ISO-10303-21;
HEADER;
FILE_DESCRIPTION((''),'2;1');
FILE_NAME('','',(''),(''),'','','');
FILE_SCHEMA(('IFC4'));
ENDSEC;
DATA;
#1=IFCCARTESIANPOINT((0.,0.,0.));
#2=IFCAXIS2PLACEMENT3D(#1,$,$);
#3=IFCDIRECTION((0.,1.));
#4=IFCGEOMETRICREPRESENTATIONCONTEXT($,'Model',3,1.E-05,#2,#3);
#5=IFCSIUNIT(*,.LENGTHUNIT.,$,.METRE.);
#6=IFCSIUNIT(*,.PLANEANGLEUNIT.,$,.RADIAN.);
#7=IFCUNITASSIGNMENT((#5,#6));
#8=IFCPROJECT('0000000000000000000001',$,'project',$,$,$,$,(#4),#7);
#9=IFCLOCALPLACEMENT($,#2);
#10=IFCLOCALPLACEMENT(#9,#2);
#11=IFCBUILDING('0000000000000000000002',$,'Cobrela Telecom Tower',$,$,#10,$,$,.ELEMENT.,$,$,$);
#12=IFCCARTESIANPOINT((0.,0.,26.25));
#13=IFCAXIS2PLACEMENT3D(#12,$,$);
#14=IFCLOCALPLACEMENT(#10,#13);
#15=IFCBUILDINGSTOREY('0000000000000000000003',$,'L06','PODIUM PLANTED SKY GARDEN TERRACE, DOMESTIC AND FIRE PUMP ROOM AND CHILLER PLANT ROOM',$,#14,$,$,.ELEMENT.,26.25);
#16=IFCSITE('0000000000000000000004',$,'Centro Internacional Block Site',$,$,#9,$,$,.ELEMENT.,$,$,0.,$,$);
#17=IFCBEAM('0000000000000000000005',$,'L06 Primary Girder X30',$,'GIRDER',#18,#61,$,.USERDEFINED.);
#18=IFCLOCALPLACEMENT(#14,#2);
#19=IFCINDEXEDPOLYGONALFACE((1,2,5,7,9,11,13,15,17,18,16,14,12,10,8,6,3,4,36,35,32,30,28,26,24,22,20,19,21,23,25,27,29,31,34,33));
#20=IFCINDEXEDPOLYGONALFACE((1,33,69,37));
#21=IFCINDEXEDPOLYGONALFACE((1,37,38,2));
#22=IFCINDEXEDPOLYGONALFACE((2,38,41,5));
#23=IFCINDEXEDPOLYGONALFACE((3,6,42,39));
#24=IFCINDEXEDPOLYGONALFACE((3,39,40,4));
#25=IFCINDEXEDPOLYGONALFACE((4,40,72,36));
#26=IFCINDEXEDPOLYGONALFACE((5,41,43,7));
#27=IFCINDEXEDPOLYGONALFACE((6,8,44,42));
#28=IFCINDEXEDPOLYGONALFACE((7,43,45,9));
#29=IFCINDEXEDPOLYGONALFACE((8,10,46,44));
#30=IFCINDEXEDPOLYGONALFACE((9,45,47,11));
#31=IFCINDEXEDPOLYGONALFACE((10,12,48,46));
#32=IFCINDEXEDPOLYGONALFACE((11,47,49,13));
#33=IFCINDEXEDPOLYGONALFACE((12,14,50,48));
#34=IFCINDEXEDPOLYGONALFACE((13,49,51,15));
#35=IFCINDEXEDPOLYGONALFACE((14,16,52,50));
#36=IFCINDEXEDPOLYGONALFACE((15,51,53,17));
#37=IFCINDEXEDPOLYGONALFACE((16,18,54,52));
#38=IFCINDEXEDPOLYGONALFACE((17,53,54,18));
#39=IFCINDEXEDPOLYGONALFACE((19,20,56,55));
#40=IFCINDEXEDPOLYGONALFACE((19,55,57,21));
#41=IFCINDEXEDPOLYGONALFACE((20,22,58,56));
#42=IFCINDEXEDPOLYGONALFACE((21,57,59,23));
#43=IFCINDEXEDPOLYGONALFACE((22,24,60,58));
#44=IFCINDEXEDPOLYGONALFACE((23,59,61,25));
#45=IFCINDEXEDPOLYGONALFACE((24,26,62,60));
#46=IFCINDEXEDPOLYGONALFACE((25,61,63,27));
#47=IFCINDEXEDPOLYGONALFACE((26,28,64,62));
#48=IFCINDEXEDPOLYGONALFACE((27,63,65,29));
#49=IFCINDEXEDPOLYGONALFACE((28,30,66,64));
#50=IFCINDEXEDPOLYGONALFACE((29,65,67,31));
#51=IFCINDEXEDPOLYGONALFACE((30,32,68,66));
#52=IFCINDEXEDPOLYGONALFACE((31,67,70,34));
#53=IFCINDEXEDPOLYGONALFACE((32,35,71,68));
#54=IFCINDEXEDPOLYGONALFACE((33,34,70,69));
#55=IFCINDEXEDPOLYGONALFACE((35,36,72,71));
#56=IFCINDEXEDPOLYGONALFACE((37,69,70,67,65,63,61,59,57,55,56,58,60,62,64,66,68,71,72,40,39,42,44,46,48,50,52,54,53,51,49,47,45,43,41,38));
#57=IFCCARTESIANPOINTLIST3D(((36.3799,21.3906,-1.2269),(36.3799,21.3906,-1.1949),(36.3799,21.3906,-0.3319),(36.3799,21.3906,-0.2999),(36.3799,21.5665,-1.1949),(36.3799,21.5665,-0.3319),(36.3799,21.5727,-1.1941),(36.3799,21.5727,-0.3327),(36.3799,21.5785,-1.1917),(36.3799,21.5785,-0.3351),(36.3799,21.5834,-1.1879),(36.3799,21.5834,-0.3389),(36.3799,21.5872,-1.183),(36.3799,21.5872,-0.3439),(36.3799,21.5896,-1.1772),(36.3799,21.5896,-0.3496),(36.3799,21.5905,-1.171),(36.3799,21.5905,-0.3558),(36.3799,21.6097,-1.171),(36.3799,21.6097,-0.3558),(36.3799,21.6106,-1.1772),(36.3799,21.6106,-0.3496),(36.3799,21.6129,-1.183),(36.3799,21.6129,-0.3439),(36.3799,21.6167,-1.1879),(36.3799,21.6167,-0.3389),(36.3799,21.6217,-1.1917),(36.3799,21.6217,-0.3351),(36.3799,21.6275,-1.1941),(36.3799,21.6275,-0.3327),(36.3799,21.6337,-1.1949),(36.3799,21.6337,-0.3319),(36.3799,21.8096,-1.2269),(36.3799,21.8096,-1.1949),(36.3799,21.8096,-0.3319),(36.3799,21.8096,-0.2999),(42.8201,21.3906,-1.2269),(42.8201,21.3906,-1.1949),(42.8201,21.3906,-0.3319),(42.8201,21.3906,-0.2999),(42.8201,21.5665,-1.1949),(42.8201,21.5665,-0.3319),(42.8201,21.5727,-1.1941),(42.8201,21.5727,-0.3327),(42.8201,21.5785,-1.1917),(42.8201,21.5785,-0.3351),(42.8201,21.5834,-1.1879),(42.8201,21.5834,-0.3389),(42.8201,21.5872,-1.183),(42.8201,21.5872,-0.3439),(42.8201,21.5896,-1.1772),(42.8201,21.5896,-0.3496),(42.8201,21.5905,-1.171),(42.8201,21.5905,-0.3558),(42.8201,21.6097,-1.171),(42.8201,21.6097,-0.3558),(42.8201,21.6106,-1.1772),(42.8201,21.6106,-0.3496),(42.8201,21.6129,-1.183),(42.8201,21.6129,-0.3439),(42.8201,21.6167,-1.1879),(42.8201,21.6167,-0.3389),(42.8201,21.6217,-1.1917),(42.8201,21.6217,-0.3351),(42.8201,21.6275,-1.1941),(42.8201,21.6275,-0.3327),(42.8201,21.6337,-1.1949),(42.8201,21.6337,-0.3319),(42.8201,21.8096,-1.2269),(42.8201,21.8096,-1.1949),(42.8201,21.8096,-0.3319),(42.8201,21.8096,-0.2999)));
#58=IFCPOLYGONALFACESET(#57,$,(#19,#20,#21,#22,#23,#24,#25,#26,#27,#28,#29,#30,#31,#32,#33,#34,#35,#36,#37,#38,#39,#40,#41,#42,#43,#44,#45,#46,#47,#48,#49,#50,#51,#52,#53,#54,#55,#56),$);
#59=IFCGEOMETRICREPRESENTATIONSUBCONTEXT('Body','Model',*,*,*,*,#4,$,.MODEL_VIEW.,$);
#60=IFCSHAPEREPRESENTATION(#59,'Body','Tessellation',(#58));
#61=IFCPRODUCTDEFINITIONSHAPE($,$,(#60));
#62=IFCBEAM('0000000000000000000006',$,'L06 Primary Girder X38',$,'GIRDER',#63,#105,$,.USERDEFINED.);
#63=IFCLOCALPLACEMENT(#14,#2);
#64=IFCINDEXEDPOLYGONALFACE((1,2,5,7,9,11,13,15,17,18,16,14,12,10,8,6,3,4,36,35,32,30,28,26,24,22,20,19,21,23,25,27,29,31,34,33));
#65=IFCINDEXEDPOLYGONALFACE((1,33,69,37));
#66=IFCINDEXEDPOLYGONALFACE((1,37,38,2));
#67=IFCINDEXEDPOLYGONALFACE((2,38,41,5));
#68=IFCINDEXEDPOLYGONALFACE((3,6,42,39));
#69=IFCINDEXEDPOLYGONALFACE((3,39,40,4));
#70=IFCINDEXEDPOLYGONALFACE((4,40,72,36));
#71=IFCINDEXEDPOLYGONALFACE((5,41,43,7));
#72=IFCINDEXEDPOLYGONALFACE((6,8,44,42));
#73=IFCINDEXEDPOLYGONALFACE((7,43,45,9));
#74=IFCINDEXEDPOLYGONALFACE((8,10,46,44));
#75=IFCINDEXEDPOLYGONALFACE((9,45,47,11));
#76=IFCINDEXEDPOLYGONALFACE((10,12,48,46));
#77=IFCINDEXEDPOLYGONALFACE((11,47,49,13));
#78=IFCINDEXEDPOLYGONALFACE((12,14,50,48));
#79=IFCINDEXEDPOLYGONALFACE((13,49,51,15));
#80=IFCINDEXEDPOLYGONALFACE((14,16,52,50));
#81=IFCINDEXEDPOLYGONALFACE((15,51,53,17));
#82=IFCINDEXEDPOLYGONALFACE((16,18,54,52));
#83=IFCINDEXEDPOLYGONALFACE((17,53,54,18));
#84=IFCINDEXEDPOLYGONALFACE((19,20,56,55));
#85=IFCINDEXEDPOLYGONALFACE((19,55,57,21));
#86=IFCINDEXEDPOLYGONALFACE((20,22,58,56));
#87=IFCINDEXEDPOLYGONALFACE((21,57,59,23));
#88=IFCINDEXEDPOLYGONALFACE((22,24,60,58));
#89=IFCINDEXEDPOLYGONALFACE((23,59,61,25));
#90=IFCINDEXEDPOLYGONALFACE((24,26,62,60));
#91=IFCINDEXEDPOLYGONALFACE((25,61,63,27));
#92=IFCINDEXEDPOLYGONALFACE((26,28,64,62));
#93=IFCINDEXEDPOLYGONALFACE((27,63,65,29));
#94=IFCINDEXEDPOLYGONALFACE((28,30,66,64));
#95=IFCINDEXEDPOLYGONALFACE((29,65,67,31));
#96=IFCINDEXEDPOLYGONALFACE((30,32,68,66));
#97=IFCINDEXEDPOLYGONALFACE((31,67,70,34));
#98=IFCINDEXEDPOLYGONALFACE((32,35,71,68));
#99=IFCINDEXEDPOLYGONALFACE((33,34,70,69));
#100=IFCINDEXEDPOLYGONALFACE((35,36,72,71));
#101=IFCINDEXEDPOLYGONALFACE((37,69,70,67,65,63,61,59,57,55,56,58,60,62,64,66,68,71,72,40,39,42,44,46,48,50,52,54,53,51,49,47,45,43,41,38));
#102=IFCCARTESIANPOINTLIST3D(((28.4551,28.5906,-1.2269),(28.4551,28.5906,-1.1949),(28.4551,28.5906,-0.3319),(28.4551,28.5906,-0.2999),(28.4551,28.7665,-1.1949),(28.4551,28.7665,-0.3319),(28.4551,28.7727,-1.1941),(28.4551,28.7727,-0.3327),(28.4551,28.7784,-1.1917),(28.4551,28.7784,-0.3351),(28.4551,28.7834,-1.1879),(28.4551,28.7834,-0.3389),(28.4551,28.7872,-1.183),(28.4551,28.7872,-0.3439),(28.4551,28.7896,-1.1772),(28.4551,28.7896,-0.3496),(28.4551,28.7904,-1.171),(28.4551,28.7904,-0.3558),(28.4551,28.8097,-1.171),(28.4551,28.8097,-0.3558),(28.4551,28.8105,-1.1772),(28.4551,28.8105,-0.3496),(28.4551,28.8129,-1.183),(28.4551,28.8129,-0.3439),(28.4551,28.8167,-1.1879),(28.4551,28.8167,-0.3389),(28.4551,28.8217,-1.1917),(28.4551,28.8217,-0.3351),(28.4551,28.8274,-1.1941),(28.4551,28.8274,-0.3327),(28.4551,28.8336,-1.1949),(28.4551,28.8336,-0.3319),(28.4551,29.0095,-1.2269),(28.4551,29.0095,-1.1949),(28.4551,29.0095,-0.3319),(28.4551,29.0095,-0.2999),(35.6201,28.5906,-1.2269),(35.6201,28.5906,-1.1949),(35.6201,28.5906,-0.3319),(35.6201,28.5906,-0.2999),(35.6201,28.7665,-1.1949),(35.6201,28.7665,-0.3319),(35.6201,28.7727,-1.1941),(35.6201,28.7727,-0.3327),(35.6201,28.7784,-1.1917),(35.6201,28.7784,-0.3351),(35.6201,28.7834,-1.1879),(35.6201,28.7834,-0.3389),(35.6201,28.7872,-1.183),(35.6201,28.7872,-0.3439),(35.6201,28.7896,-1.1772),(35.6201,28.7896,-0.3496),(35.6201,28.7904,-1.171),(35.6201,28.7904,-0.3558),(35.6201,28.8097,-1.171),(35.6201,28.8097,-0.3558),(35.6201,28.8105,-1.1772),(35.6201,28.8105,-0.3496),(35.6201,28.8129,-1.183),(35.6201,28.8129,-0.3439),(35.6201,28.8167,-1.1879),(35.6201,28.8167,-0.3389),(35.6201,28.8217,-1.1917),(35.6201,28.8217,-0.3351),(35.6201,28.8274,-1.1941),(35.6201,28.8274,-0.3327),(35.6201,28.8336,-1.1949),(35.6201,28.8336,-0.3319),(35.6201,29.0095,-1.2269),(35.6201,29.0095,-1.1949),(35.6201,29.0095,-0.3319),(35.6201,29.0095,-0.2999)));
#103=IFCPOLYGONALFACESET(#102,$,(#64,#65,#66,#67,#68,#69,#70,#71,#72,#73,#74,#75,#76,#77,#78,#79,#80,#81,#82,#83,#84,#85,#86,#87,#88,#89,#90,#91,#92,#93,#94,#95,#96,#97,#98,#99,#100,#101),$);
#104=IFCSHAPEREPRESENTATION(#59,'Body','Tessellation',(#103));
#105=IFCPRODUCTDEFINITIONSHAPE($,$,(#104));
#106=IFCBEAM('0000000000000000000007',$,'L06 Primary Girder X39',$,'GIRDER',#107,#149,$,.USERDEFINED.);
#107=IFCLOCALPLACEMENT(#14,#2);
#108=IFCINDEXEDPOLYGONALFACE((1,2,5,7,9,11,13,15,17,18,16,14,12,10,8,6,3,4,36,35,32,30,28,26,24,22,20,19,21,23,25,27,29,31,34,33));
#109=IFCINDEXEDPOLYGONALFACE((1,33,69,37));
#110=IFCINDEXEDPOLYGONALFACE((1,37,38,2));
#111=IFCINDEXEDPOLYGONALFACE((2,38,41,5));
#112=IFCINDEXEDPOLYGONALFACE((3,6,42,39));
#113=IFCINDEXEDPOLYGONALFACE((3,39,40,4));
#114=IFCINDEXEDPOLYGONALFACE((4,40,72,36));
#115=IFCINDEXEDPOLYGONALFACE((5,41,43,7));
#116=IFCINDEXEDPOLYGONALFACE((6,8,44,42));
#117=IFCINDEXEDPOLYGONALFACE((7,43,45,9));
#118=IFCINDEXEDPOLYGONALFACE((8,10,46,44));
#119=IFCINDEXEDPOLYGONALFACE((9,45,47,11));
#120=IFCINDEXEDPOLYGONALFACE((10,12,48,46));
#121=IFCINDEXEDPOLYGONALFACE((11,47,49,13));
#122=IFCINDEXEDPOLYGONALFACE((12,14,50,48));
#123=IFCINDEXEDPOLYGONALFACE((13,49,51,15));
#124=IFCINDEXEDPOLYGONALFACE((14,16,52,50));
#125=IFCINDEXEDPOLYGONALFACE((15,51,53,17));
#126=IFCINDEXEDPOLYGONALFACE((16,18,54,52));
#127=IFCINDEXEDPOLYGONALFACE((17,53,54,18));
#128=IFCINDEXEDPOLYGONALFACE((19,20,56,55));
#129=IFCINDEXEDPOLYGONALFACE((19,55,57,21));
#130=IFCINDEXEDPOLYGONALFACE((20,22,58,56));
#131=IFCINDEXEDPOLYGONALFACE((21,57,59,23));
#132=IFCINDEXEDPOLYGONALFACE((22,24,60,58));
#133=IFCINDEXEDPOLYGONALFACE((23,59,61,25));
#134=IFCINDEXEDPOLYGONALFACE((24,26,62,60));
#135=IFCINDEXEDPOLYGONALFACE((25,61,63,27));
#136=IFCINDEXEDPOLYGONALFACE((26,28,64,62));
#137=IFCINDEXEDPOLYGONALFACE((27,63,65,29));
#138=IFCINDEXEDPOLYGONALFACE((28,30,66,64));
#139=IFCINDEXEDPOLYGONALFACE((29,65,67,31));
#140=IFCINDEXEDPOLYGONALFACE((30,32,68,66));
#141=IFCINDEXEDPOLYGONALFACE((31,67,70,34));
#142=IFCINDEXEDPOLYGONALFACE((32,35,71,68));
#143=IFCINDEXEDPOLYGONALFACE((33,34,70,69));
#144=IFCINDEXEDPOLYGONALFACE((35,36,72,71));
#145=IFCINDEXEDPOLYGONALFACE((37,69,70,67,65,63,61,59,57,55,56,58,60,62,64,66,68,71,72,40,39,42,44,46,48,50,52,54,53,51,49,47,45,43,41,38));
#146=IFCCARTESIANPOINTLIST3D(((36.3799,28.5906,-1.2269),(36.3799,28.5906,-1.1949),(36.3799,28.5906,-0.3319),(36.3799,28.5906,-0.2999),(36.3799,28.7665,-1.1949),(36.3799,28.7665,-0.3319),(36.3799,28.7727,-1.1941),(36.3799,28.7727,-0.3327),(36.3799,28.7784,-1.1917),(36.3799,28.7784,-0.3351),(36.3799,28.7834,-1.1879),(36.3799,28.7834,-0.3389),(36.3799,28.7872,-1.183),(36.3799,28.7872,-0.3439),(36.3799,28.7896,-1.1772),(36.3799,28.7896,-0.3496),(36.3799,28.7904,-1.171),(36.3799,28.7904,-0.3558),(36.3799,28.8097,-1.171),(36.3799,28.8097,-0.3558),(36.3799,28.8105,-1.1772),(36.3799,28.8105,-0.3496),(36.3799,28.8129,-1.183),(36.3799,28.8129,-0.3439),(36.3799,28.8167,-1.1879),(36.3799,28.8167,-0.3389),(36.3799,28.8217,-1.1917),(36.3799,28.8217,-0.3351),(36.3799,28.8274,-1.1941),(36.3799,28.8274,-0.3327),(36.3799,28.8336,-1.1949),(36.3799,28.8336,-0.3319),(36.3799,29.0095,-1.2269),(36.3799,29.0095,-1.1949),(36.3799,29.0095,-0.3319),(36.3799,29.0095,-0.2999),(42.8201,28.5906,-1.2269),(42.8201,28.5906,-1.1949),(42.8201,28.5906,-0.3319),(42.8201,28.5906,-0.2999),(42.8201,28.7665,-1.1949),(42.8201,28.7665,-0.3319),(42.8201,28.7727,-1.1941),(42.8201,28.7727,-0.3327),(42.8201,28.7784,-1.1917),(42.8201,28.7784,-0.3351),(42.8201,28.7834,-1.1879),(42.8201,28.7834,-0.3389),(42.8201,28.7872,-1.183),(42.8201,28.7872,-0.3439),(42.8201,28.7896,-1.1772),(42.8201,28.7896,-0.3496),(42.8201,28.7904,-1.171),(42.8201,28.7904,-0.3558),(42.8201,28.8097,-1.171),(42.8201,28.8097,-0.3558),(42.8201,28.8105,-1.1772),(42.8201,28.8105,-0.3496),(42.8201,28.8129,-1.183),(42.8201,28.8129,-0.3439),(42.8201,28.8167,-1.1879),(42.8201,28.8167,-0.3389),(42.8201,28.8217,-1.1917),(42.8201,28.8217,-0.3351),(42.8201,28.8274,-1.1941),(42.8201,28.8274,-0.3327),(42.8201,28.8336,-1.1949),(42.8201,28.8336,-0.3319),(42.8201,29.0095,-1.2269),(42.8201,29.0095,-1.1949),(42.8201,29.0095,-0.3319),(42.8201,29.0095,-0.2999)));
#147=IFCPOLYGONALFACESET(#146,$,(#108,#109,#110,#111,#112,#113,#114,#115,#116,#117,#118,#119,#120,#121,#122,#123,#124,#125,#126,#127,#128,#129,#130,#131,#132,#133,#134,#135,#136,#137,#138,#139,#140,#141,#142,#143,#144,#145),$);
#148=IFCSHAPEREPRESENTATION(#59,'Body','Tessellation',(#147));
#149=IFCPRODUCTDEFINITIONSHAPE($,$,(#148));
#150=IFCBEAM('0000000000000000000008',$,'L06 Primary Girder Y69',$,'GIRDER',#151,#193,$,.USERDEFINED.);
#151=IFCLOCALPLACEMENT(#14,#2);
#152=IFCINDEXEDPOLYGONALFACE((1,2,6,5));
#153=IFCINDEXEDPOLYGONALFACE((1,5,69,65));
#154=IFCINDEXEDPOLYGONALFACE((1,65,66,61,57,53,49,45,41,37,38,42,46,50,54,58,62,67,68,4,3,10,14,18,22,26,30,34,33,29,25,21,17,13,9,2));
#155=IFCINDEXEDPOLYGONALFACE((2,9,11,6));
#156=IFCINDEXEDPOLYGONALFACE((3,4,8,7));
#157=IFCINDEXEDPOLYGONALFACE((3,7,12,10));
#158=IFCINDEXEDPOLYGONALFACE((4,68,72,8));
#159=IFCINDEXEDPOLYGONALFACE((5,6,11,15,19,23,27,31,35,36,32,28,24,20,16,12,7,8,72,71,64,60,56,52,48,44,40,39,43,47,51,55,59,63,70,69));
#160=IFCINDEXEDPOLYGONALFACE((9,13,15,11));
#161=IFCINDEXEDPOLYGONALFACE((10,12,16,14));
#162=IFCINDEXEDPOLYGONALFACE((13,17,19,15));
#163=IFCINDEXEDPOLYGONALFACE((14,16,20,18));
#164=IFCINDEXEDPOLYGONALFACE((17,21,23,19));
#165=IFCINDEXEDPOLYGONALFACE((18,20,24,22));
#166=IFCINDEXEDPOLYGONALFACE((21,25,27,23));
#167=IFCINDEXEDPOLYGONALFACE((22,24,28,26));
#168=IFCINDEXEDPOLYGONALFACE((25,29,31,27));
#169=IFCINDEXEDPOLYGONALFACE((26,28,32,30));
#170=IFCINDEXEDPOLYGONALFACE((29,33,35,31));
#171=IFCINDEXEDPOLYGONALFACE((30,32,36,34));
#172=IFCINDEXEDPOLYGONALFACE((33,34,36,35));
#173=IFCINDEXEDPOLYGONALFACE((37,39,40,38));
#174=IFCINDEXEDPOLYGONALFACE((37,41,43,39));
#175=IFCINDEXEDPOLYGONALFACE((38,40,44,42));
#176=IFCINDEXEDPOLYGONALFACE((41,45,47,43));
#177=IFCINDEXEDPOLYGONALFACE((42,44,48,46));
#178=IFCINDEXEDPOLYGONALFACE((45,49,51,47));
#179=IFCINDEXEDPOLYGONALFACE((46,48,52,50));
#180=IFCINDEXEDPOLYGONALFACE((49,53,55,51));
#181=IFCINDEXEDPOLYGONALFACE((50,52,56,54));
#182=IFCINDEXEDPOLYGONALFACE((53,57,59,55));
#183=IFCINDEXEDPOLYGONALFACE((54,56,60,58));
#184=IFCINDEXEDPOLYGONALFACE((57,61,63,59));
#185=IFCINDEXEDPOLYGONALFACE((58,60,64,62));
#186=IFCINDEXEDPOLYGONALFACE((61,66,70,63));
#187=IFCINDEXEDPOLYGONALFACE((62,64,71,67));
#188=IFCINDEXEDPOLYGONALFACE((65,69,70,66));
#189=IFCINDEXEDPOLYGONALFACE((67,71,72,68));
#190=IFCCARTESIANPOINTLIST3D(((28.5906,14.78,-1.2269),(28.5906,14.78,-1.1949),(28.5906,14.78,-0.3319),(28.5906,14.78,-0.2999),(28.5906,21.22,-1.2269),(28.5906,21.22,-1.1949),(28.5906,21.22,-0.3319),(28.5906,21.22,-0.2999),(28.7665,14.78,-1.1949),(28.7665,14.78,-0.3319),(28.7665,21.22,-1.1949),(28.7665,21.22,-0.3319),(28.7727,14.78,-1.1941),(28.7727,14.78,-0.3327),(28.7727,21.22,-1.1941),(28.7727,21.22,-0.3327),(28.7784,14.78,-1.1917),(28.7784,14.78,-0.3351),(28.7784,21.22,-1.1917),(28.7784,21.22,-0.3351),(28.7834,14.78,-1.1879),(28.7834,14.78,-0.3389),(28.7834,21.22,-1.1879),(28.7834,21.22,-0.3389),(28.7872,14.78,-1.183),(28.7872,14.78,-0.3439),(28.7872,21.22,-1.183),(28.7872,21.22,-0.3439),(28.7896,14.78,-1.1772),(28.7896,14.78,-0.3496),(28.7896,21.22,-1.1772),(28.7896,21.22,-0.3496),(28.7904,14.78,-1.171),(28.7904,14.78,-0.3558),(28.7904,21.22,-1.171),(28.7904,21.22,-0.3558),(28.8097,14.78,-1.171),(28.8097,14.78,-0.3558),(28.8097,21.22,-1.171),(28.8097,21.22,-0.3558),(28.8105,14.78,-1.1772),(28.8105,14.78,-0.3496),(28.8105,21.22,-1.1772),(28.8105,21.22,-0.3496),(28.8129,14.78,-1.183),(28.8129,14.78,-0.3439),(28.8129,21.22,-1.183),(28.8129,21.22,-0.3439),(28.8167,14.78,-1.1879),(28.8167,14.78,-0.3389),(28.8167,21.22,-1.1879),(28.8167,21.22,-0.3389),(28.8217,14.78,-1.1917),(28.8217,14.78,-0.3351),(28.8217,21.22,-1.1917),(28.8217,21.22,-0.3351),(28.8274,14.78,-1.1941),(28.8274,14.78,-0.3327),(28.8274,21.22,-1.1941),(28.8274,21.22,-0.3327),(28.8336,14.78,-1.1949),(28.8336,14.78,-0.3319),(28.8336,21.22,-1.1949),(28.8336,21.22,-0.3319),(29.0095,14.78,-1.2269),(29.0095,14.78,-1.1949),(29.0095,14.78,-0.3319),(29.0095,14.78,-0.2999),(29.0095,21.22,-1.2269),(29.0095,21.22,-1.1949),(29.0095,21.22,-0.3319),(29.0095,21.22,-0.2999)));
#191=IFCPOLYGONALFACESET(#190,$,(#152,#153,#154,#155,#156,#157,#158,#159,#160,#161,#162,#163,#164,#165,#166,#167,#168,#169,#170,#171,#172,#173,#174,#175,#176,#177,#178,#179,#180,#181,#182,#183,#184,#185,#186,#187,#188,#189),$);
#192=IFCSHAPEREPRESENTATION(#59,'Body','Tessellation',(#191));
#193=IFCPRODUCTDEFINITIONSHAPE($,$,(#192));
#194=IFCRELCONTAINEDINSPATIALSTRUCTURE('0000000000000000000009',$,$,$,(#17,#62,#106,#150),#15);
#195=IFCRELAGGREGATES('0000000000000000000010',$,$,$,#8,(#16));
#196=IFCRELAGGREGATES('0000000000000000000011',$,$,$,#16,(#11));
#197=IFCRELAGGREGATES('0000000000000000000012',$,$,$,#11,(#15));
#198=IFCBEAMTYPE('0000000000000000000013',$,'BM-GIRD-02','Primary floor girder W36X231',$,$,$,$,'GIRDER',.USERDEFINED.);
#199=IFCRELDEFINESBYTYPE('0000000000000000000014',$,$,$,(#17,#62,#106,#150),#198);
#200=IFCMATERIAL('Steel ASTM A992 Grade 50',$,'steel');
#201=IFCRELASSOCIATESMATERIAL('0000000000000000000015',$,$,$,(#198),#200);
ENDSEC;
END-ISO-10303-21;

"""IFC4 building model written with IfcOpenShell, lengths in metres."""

from ifc_helpers import new_model, si_unit, direction, frame, origin, origin_2d, place, context, subcontext, project, spatial, i_section, extrude, material, material_profile, profile_set, type_object, element, save


model = new_model("IFC4")

# Units and contexts
model_context = context("Model", 3, precision=1e-05, world=origin(), true_north=direction((0.0, 1.0)))
body_context = subcontext(model_context, "Body", "Model", "MODEL_VIEW")
ifc_project = project(units=[si_unit("LENGTHUNIT", "METRE"), si_unit("PLANEANGLEUNIT", "RADIAN")], contexts=[model_context])

# Site, building, storey
site_placement = place(None, origin())
site = spatial("IfcSite", under=ifc_project, at=site_placement, Name="Centro Internacional Block Site", CompositionType="ELEMENT", RefElevation=0.0)
building_placement = place(site_placement, origin())
building = spatial("IfcBuilding", under=site, at=building_placement, Name="Cobrela Telecom Tower", CompositionType="ELEMENT")
storey_placement = place(building_placement, frame((0.0, 0.0, 26.25)))
storey = spatial("IfcBuildingStorey", under=building, at=storey_placement, Name="L06", Description="PODIUM PLANTED SKY GARDEN TERRACE, DOMESTIC AND FIRE PUMP ROOM AND CHILLER PLANT ROOM", CompositionType="ELEMENT", Elevation=26.25)

# Beams
ifc_material_1 = material(Name="Steel ASTM A992 Grade 50", Category="steel")
ifc_material_profile_1 = material_profile(ifc_material_1, i_section(OverallWidth=0.4189, OverallDepth=0.927, WebThickness=0.0193, FlangeThickness=0.032, FilletRadius=0.0239, at=origin_2d()), Name="W36X231")
ifc_profile_set_1 = profile_set([ifc_material_profile_1], Name="Steel ASTM A992 Grade 50")
beam_type_1 = type_object("IfcBeamType", Name="BM-GIRD-02", Description="Primary floor girder W36X231", ElementType="GIRDER", PredefinedType="USERDEFINED", material=ifc_profile_set_1)
for number, where, z_axis, x_axis, name in (
    (1, (36.3799, 21.6001, -0.7634), (1.0, 0.0, 0.0), (0.0, 1.0, 0.0), "L06 Primary Girder X30"),
):
    element("IfcBeam", number, at=place(storey_placement, frame(where, z_axis=z_axis, x_axis=x_axis)), inside=storey, type_object=beam_type_1, Name=name, ObjectType="GIRDER", PredefinedType="USERDEFINED", context=body_context, shape_type="SweptSolid", body=[
        extrude(i_section(OverallWidth=0.4189, OverallDepth=0.927, WebThickness=0.0193, FlangeThickness=0.032, FilletRadius=0.0239, at=origin_2d()), origin(), (0.0, 0.0, 1.0), 6.4402),
    ])
beam_1_placement = place(storey_placement, frame((28.4551, 28.8, -0.7634), z_axis=(1.0, 0.0, 0.0), x_axis=(0.0, 1.0, 0.0)))
element("IfcBeam", 2, at=beam_1_placement, inside=storey, type_object=beam_type_1, Name="L06 Primary Girder X38", ObjectType="GIRDER", PredefinedType="USERDEFINED", context=body_context, shape_type="SweptSolid", body=[
    extrude(i_section(OverallWidth=0.4189, OverallDepth=0.927, WebThickness=0.0193, FlangeThickness=0.032, FilletRadius=0.0239, at=origin_2d()), origin(), (0.0, 0.0, 1.0), 7.165),
])
beam_2_placement = place(storey_placement, frame((36.3799, 28.8, -0.7634), z_axis=(1.0, 0.0, 0.0), x_axis=(0.0, 1.0, 0.0)))
element("IfcBeam", 3, at=beam_2_placement, inside=storey, type_object=beam_type_1, Name="L06 Primary Girder X39", ObjectType="GIRDER", PredefinedType="USERDEFINED", context=body_context, shape_type="SweptSolid", body=[
    extrude(i_section(OverallWidth=0.4189, OverallDepth=0.927, WebThickness=0.0193, FlangeThickness=0.032, FilletRadius=0.0239, at=origin_2d()), origin(), (0.0, 0.0, 1.0), 6.4402),
])
for number, where, z_axis, x_axis, name in (
    (4, (28.8, 14.78, -0.7634), (0.0, 1.0, 0.0), (-1.0, 0.0, 0.0), "L06 Primary Girder Y69"),
):
    element("IfcBeam", number, at=place(storey_placement, frame(where, z_axis=z_axis, x_axis=x_axis)), inside=storey, type_object=beam_type_1, Name=name, ObjectType="GIRDER", PredefinedType="USERDEFINED", context=body_context, shape_type="SweptSolid", body=[
        extrude(i_section(OverallWidth=0.4189, OverallDepth=0.927, WebThickness=0.0193, FlangeThickness=0.032, FilletRadius=0.0239, at=origin_2d()), origin(), (0.0, 0.0, 1.0), 6.4399),
    ])

save(model, "model.ifc")
